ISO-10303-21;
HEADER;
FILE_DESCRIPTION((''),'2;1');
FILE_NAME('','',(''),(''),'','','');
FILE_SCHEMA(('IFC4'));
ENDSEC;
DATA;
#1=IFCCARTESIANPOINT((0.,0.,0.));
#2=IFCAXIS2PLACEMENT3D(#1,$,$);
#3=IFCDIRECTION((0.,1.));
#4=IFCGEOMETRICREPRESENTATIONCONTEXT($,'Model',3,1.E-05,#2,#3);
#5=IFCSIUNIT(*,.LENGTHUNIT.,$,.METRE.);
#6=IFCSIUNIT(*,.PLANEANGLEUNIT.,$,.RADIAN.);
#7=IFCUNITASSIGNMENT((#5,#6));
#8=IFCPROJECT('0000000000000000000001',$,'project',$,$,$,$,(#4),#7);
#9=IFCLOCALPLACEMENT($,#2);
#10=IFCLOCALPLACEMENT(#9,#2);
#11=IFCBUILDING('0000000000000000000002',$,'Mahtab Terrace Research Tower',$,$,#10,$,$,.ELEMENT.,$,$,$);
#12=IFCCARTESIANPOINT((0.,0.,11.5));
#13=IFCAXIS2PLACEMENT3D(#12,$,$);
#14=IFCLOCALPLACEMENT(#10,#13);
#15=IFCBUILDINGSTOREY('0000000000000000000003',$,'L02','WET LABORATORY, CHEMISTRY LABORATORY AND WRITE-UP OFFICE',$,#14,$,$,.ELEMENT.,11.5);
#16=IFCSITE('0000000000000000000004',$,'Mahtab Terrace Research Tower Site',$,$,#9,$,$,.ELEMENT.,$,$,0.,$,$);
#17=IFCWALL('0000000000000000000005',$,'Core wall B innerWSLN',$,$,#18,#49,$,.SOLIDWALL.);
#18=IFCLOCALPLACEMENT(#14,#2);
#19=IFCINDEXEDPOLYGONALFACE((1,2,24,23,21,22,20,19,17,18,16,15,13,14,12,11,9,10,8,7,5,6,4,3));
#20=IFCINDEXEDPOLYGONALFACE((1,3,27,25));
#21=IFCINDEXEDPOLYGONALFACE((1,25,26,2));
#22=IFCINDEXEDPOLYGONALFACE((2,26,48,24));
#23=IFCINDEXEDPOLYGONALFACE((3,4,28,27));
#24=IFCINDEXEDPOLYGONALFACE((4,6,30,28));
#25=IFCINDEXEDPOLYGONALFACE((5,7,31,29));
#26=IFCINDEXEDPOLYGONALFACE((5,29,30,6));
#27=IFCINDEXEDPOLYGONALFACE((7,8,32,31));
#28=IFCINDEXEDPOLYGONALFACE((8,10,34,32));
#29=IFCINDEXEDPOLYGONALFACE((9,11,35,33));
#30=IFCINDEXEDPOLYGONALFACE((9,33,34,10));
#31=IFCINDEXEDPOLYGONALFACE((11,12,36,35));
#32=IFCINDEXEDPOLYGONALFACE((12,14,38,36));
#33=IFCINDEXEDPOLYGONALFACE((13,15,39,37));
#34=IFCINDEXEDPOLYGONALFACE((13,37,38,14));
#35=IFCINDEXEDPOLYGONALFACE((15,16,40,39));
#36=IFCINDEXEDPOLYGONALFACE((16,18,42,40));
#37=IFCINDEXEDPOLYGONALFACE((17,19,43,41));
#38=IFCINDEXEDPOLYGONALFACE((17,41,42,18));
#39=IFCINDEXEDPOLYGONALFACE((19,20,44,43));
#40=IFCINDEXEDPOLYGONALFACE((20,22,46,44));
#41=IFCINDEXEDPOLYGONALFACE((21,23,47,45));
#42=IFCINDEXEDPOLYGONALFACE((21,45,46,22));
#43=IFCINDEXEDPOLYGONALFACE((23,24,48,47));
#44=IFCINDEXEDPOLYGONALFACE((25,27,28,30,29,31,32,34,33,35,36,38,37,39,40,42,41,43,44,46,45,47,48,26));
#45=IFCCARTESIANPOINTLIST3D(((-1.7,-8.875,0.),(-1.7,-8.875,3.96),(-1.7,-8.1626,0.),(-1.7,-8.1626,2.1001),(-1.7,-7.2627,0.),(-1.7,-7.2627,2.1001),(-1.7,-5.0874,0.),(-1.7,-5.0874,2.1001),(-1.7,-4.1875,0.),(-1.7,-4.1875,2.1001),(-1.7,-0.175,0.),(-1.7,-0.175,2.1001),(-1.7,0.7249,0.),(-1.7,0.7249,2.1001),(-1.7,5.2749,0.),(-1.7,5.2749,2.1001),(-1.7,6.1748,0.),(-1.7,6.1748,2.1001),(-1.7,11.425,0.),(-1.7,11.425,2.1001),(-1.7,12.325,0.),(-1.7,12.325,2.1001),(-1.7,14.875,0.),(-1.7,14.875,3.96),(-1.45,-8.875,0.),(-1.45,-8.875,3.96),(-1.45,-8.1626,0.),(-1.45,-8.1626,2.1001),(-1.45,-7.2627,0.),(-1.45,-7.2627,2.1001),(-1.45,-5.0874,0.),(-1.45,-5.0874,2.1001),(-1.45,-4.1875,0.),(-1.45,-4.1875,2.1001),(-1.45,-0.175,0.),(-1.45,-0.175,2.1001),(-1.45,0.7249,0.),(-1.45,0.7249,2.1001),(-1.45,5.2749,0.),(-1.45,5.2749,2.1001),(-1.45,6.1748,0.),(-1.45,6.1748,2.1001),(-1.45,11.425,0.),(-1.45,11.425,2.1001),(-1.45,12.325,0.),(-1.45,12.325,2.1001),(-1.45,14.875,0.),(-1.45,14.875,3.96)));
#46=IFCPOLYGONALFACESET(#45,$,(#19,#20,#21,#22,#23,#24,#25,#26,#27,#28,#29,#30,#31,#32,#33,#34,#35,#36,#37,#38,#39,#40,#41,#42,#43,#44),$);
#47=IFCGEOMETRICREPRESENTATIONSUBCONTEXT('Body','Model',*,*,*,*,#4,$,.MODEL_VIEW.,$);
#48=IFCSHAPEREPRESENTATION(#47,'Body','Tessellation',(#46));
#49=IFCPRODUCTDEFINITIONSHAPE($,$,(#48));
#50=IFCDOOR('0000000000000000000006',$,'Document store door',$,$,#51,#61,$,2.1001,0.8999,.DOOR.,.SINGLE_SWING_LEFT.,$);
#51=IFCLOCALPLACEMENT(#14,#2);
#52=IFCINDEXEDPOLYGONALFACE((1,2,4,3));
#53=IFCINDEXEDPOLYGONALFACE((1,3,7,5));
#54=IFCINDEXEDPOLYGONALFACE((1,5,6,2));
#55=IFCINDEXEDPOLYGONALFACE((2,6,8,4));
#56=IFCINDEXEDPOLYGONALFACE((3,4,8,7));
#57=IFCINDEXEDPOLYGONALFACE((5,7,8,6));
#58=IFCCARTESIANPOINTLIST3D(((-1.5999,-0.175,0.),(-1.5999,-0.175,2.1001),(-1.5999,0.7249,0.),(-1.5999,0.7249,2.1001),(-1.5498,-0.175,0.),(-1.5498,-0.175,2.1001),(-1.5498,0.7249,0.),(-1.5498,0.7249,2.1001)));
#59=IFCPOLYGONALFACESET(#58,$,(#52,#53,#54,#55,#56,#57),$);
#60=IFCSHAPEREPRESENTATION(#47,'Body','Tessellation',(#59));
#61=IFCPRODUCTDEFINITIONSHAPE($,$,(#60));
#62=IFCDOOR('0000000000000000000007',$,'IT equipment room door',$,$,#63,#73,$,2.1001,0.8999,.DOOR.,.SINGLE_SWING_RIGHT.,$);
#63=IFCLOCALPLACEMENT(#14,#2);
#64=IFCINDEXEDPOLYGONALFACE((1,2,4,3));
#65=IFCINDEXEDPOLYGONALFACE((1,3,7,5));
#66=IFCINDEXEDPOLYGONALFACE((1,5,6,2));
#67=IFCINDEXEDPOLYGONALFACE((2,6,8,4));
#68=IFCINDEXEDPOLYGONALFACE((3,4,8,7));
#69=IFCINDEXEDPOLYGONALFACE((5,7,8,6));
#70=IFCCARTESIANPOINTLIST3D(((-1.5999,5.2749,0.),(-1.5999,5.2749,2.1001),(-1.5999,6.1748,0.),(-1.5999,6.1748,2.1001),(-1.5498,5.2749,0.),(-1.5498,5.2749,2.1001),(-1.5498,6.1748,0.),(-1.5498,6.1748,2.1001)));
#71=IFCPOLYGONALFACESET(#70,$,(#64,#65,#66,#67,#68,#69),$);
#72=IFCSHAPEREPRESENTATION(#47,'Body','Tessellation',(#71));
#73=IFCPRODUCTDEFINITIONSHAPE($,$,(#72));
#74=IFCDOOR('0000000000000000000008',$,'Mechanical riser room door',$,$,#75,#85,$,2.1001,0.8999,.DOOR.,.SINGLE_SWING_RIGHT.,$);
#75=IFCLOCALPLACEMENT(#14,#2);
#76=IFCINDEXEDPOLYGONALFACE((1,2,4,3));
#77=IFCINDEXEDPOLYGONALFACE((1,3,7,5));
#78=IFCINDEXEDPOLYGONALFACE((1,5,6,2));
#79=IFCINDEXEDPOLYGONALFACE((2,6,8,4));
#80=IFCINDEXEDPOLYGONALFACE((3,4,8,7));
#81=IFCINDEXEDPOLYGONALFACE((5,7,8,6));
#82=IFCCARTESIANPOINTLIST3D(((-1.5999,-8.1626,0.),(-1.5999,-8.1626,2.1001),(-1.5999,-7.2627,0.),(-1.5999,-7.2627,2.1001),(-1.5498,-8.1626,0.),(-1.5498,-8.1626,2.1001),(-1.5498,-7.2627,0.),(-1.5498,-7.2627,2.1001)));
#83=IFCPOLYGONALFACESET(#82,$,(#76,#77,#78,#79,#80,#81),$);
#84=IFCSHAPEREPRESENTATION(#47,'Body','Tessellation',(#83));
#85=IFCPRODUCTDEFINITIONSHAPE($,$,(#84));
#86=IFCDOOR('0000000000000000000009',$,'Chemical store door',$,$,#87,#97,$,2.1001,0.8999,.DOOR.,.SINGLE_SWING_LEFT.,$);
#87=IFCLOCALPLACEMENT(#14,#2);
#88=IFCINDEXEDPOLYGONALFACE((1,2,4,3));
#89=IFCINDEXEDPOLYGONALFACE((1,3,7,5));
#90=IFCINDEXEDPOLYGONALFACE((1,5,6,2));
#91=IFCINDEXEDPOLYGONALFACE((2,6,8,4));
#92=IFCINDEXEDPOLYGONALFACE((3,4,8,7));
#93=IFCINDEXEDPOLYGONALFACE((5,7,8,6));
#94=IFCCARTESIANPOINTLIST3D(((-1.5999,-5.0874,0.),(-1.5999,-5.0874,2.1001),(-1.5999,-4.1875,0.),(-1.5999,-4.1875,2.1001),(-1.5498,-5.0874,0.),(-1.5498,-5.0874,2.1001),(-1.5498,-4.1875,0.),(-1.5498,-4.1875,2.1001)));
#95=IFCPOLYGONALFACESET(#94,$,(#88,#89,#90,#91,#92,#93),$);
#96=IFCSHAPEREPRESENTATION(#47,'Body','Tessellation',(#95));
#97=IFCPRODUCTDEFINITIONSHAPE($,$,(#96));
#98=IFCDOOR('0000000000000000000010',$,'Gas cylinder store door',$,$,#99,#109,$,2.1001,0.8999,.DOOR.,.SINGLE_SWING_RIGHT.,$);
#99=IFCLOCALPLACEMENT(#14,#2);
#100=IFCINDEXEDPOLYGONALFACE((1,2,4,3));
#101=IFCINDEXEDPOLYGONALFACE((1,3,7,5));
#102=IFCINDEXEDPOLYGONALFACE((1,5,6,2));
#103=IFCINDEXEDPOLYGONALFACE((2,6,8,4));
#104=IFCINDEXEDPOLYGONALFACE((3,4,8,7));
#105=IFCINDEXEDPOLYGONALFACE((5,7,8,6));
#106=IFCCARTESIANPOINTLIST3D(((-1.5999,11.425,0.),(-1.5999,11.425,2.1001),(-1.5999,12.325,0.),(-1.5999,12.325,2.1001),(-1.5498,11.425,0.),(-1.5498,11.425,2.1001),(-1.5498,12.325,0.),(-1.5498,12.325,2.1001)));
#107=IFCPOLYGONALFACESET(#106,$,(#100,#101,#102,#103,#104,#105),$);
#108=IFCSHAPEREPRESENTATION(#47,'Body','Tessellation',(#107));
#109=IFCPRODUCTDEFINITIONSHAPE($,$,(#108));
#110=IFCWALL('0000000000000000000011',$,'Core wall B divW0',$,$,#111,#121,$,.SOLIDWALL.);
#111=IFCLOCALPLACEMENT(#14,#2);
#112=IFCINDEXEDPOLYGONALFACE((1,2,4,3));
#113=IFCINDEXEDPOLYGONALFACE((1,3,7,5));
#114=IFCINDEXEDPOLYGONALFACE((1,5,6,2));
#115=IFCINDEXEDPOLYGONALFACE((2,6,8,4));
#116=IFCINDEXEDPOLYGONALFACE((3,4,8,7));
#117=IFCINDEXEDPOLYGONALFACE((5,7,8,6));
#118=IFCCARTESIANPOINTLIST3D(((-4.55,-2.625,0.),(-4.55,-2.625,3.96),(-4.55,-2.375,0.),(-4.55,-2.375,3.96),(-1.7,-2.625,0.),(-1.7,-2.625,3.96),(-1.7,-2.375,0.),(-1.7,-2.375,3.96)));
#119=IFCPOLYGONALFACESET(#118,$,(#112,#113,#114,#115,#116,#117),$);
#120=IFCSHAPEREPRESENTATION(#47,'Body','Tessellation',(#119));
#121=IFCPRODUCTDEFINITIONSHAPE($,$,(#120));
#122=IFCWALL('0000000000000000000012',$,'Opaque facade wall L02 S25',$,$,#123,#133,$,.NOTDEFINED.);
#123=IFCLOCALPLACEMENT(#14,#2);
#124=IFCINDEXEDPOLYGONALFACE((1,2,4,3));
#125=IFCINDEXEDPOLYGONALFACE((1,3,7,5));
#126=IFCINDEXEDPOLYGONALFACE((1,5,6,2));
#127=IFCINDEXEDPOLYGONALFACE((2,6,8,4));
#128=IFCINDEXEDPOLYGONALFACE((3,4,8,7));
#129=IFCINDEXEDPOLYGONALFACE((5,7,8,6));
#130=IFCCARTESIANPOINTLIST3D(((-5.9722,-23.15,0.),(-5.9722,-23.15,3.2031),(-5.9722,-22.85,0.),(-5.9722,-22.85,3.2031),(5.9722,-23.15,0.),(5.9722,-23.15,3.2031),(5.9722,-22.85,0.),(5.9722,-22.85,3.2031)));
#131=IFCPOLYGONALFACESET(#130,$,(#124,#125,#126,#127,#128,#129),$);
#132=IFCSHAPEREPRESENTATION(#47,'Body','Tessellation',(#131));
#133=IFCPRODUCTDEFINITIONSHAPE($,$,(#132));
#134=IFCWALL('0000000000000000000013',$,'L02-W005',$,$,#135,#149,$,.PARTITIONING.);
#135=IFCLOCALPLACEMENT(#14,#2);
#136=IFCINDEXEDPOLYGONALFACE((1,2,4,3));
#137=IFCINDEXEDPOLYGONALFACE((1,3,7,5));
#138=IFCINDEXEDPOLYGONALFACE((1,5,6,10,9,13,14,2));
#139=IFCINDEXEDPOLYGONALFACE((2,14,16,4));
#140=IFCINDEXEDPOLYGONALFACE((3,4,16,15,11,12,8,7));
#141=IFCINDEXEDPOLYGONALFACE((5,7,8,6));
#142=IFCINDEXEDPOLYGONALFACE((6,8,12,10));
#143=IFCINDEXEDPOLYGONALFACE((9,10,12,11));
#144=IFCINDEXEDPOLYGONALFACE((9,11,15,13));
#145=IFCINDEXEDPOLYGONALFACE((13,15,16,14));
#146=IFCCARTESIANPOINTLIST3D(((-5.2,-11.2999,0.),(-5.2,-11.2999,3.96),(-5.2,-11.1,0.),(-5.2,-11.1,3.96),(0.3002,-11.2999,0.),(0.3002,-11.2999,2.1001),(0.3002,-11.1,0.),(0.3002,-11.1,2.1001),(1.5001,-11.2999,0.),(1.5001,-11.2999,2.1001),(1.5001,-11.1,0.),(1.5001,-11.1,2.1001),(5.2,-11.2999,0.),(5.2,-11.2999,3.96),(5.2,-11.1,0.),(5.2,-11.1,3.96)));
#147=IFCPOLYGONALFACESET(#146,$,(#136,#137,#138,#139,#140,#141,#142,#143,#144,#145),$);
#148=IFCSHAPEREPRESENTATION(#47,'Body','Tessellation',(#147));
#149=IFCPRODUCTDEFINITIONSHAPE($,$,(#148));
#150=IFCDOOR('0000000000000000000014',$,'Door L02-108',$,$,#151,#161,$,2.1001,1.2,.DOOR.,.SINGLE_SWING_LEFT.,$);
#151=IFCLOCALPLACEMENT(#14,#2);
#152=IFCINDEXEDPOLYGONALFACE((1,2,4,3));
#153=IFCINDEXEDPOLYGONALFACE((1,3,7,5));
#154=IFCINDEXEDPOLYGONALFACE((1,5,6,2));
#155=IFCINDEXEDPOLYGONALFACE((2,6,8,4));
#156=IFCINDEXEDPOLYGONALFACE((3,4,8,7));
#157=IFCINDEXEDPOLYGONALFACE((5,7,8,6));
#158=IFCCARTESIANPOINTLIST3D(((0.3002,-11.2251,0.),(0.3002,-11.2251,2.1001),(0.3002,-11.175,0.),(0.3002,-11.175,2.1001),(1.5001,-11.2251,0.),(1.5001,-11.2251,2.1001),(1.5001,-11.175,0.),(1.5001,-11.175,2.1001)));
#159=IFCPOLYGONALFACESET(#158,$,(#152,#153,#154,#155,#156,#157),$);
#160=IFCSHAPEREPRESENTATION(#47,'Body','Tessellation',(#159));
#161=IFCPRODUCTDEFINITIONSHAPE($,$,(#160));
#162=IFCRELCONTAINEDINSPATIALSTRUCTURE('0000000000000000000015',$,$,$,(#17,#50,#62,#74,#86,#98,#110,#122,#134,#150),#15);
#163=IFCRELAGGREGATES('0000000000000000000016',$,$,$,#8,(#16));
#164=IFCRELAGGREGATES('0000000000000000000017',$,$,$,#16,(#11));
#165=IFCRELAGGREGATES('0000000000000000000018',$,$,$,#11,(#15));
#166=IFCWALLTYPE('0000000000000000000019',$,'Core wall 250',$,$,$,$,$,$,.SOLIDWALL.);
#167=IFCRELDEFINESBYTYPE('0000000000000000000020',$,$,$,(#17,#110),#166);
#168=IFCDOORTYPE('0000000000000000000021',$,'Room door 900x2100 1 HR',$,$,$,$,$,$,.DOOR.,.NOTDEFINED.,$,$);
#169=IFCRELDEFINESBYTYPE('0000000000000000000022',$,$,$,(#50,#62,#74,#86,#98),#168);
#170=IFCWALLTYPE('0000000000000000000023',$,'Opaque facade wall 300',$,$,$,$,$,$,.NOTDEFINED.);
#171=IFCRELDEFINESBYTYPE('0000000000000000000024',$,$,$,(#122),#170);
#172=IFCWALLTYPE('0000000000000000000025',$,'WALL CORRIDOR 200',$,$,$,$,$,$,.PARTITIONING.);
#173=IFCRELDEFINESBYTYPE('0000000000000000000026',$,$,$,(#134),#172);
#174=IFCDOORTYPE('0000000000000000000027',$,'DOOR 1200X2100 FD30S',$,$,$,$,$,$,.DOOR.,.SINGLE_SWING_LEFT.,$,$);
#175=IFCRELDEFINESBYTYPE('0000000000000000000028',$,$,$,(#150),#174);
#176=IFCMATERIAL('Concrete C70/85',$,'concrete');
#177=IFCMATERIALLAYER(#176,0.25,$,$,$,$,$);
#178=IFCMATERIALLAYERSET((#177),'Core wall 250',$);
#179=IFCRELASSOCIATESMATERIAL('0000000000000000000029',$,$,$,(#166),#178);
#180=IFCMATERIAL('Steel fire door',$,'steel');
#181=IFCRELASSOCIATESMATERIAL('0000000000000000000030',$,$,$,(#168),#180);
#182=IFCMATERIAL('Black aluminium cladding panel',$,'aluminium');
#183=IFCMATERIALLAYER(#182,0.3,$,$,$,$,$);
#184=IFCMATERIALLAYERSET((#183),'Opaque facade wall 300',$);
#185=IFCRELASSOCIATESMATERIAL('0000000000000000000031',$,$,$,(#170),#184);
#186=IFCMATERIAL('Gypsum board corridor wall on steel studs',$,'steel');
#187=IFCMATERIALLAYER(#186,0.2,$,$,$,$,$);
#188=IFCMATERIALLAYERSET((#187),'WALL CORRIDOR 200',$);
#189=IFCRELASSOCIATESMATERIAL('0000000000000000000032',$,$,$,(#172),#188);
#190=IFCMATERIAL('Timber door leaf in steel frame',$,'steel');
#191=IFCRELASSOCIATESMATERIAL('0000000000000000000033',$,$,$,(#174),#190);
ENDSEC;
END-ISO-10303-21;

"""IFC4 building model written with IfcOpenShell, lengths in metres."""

from ifc_helpers import new_model, si_unit, direction, frame, frame_2d, origin, place, context, subcontext, project, spatial, rectangle, extrude, material, layer, layer_set, type_object, element, fill, save


model = new_model("IFC4")

# Units and contexts
model_context = context("Model", 3, precision=1e-05, world=origin(), true_north=direction((0.0, 1.0)))
body_context = subcontext(model_context, "Body", "Model", "MODEL_VIEW")
ifc_project = project(units=[si_unit("LENGTHUNIT", "METRE"), si_unit("PLANEANGLEUNIT", "RADIAN")], contexts=[model_context])

# Site, building, storey
site_placement = place(None, origin())
site = spatial("IfcSite", under=ifc_project, at=site_placement, Name="Mahtab Terrace Research Tower Site", CompositionType="ELEMENT", RefElevation=0.0)
building_placement = place(site_placement, origin())
building = spatial("IfcBuilding", under=site, at=building_placement, Name="Mahtab Terrace Research Tower", CompositionType="ELEMENT")
storey_placement = place(building_placement, frame((0.0, 0.0, 11.5)))
storey = spatial("IfcBuildingStorey", under=building, at=storey_placement, Name="L02", Description="WET LABORATORY, CHEMISTRY LABORATORY AND WRITE-UP OFFICE", CompositionType="ELEMENT", Elevation=11.5)

# Shared definitions
ifc_material_1 = material(Name="Concrete C70/85", Category="concrete")

# Wall, openings, doors
ifc_layer_1 = layer(ifc_material_1, 0.25)
ifc_layer_set_1 = layer_set([ifc_layer_1], Name="Core wall 250")
wall_type_1 = type_object("IfcWallType", Name="Core wall 250", PredefinedType="SOLIDWALL", material=ifc_layer_set_1)
wall_1_placement = place(storey_placement, frame((-1.575, -8.875, 0.0), z_axis=(0.0, 0.0, 1.0), x_axis=(0.0, 1.0, 0.0)))
wall_1 = element("IfcWall", 1, at=wall_1_placement, inside=storey, type_object=wall_type_1, Name="Core wall B innerWSLN", PredefinedType="SOLIDWALL", context=body_context, shape_type="SweptSolid", body=[
    extrude(rectangle(XDim=23.75, YDim=0.25, at=frame_2d((11.875, 0.0))), origin(), (0.0, 0.0, 1.0), 3.96),
])
opening_1_placement = place(wall_1_placement, frame((8.7, 0.0, 0.0)))
opening_1 = element("IfcOpeningElement", 2, at=opening_1_placement, cuts=wall_1, PredefinedType="OPENING", context=body_context, shape_type="SweptSolid", body=[
    extrude(rectangle(XDim=0.8999, YDim=2.1001, at=frame_2d((0.45, 1.05))), frame((0.0, 0.135, 0.0), z_axis=(0.0, -1.0, 0.0), x_axis=(1.0, 0.0, 0.0)), (0.0, 0.0, 1.0), 0.27),
])
opening_2_placement = place(wall_1_placement, frame((14.1499, 0.0, 0.0)))
opening_2 = element("IfcOpeningElement", 3, at=opening_2_placement, cuts=wall_1, PredefinedType="OPENING", context=body_context, shape_type="SweptSolid", body=[
    extrude(rectangle(XDim=0.8999, YDim=2.1001, at=frame_2d((0.45, 1.05))), frame((0.0, 0.135, 0.0), z_axis=(0.0, -1.0, 0.0), x_axis=(1.0, 0.0, 0.0)), (0.0, 0.0, 1.0), 0.27),
])
opening_3_placement = place(wall_1_placement, frame((0.7124, 0.0, 0.0)))
opening_3 = element("IfcOpeningElement", 4, at=opening_3_placement, cuts=wall_1, PredefinedType="OPENING", context=body_context, shape_type="SweptSolid", body=[
    extrude(rectangle(XDim=0.8999, YDim=2.1001, at=frame_2d((0.45, 1.05))), frame((0.0, 0.135, 0.0), z_axis=(0.0, -1.0, 0.0), x_axis=(1.0, 0.0, 0.0)), (0.0, 0.0, 1.0), 0.27),
])
opening_4_placement = place(wall_1_placement, frame((3.7876, 0.0, 0.0)))
opening_4 = element("IfcOpeningElement", 5, at=opening_4_placement, cuts=wall_1, PredefinedType="OPENING", context=body_context, shape_type="SweptSolid", body=[
    extrude(rectangle(XDim=0.8999, YDim=2.1001, at=frame_2d((0.45, 1.05))), frame((0.0, 0.135, 0.0), z_axis=(0.0, -1.0, 0.0), x_axis=(1.0, 0.0, 0.0)), (0.0, 0.0, 1.0), 0.27),
])
opening_5_placement = place(wall_1_placement, frame((20.3, 0.0, 0.0)))
opening_5 = element("IfcOpeningElement", 6, at=opening_5_placement, cuts=wall_1, PredefinedType="OPENING", context=body_context, shape_type="SweptSolid", body=[
    extrude(rectangle(XDim=0.8999, YDim=2.1001, at=frame_2d((0.45, 1.05))), frame((0.0, 0.135, 0.0), z_axis=(0.0, -1.0, 0.0), x_axis=(1.0, 0.0, 0.0)), (0.0, 0.0, 1.0), 0.27),
])
ifc_material_2 = material(Name="Steel fire door", Category="steel")
door_type_1 = type_object("IfcDoorType", Name="Room door 900x2100 1 HR", OperationType="NOTDEFINED", PredefinedType="DOOR", material=ifc_material_2)
door_1_placement = place(opening_1_placement, origin())
door_1 = element("IfcDoor", 7, at=door_1_placement, inside=storey, type_object=door_type_1, Name="Document store door", OperationType="SINGLE_SWING_LEFT", OverallHeight=2.1001, OverallWidth=0.8999, PredefinedType="DOOR", context=body_context, shape_type="SweptSolid", body=[
    extrude(rectangle(XDim=0.8999, YDim=2.1001, at=frame_2d((0.45, 1.05))), frame((0.0, 0.0249, 0.0), z_axis=(0.0, -1.0, 0.0), x_axis=(1.0, 0.0, 0.0)), (0.0, 0.0, 1.0), 0.05),
])
fill(opening_1, door_1)
door_2_placement = place(opening_2_placement, origin())
door_2 = element("IfcDoor", 8, at=door_2_placement, inside=storey, type_object=door_type_1, Name="IT equipment room door", OperationType="SINGLE_SWING_RIGHT", OverallHeight=2.1001, OverallWidth=0.8999, PredefinedType="DOOR", context=body_context, shape_type="SweptSolid", body=[
    extrude(rectangle(XDim=0.8999, YDim=2.1001, at=frame_2d((0.45, 1.05))), frame((0.0, 0.0249, 0.0), z_axis=(0.0, -1.0, 0.0), x_axis=(1.0, 0.0, 0.0)), (0.0, 0.0, 1.0), 0.05),
])
fill(opening_2, door_2)
door_3_placement = place(opening_3_placement, origin())
door_3 = element("IfcDoor", 9, at=door_3_placement, inside=storey, type_object=door_type_1, Name="Mechanical riser room door", OperationType="SINGLE_SWING_RIGHT", OverallHeight=2.1001, OverallWidth=0.8999, PredefinedType="DOOR", context=body_context, shape_type="SweptSolid", body=[
    extrude(rectangle(XDim=0.8999, YDim=2.1001, at=frame_2d((0.45, 1.05))), frame((0.0, 0.0249, 0.0), z_axis=(0.0, -1.0, 0.0), x_axis=(1.0, 0.0, 0.0)), (0.0, 0.0, 1.0), 0.05),
])
fill(opening_3, door_3)
door_4_placement = place(opening_4_placement, origin())
door_4 = element("IfcDoor", 10, at=door_4_placement, inside=storey, type_object=door_type_1, Name="Chemical store door", OperationType="SINGLE_SWING_LEFT", OverallHeight=2.1001, OverallWidth=0.8999, PredefinedType="DOOR", context=body_context, shape_type="SweptSolid", body=[
    extrude(rectangle(XDim=0.8999, YDim=2.1001, at=frame_2d((0.45, 1.05))), frame((0.0, 0.0249, 0.0), z_axis=(0.0, -1.0, 0.0), x_axis=(1.0, 0.0, 0.0)), (0.0, 0.0, 1.0), 0.05),
])
fill(opening_4, door_4)
door_5_placement = place(opening_5_placement, origin())
door_5 = element("IfcDoor", 11, at=door_5_placement, inside=storey, type_object=door_type_1, Name="Gas cylinder store door", OperationType="SINGLE_SWING_RIGHT", OverallHeight=2.1001, OverallWidth=0.8999, PredefinedType="DOOR", context=body_context, shape_type="SweptSolid", body=[
    extrude(rectangle(XDim=0.8999, YDim=2.1001, at=frame_2d((0.45, 1.05))), frame((0.0, 0.0249, 0.0), z_axis=(0.0, -1.0, 0.0), x_axis=(1.0, 0.0, 0.0)), (0.0, 0.0, 1.0), 0.05),
])
fill(opening_5, door_5)

# Walls
wall_2_placement = place(storey_placement, frame((-4.55, -2.5, 0.0), z_axis=(0.0, 0.0, 1.0), x_axis=(1.0, 0.0, 0.0)))
element("IfcWall", 12, at=wall_2_placement, inside=storey, type_object=wall_type_1, Name="Core wall B divW0", PredefinedType="SOLIDWALL", context=body_context, shape_type="SweptSolid", body=[
    extrude(rectangle(XDim=2.8501, YDim=0.25, at=frame_2d((1.425, 0.0))), origin(), (0.0, 0.0, 1.0), 3.96),
])
ifc_material_3 = material(Name="Black aluminium cladding panel", Category="aluminium")
ifc_layer_2 = layer(ifc_material_3, 0.3)
ifc_layer_set_2 = layer_set([ifc_layer_2], Name="Opaque facade wall 300")
wall_type_2 = type_object("IfcWallType", Name="Opaque facade wall 300", PredefinedType="NOTDEFINED", material=ifc_layer_set_2)
wall_3_placement = place(storey_placement, frame((-5.9722, -23.0, 0.0), z_axis=(0.0, 0.0, 1.0), x_axis=(1.0, 0.0, 0.0)))
element("IfcWall", 13, at=wall_3_placement, inside=storey, type_object=wall_type_2, Name="Opaque facade wall L02 S25", PredefinedType="NOTDEFINED", context=body_context, shape_type="SweptSolid", body=[
    extrude(rectangle(XDim=11.9443, YDim=0.3, at=frame_2d((5.9722, 0.0))), origin(), (0.0, 0.0, 1.0), 3.2031),
])

# Wall, opening, door
ifc_material_4 = material(Name="Gypsum board corridor wall on steel studs", Category="steel")
ifc_layer_3 = layer(ifc_material_4, 0.2)
ifc_layer_set_3 = layer_set([ifc_layer_3], Name="WALL CORRIDOR 200")
wall_type_3 = type_object("IfcWallType", Name="WALL CORRIDOR 200", PredefinedType="PARTITIONING", material=ifc_layer_set_3)
wall_4_placement = place(storey_placement, frame((-5.2, -11.2, 0.0), z_axis=(0.0, 0.0, 1.0), x_axis=(1.0, 0.0, 0.0)))
wall_4 = element("IfcWall", 14, at=wall_4_placement, inside=storey, type_object=wall_type_3, Name="L02-W005", PredefinedType="PARTITIONING", context=body_context, shape_type="SweptSolid", body=[
    extrude(rectangle(XDim=10.3999, YDim=0.2, at=frame_2d((5.2, 0.0))), origin(), (0.0, 0.0, 1.0), 3.96),
])
opening_6_placement = place(wall_4_placement, frame((5.5, 0.0, 0.0)))
opening_6 = element("IfcOpeningElement", 15, at=opening_6_placement, cuts=wall_4, PredefinedType="OPENING", context=body_context, shape_type="SweptSolid", body=[
    extrude(rectangle(XDim=1.2, YDim=2.1001, at=frame_2d((0.6001, 1.05))), frame((0.0, 0.1099, 0.0), z_axis=(0.0, -1.0, 0.0), x_axis=(1.0, 0.0, 0.0)), (0.0, 0.0, 1.0), 0.22),
])
ifc_material_5 = material(Name="Timber door leaf in steel frame", Category="steel")
door_type_2 = type_object("IfcDoorType", Name="DOOR 1200X2100 FD30S", OperationType="SINGLE_SWING_LEFT", PredefinedType="DOOR", material=ifc_material_5)
door_6_placement = place(opening_6_placement, origin())
door_6 = element("IfcDoor", 16, at=door_6_placement, inside=storey, type_object=door_type_2, Name="Door L02-108", OperationType="SINGLE_SWING_LEFT", OverallHeight=2.1001, OverallWidth=1.2, PredefinedType="DOOR", context=body_context, shape_type="SweptSolid", body=[
    extrude(rectangle(XDim=1.2, YDim=2.1001, at=frame_2d((0.6001, 1.05))), frame((0.0, 0.0249, 0.0), z_axis=(0.0, -1.0, 0.0), x_axis=(1.0, 0.0, 0.0)), (0.0, 0.0, 1.0), 0.05),
])
fill(opening_6, door_6)

save(model, "model.ifc")
